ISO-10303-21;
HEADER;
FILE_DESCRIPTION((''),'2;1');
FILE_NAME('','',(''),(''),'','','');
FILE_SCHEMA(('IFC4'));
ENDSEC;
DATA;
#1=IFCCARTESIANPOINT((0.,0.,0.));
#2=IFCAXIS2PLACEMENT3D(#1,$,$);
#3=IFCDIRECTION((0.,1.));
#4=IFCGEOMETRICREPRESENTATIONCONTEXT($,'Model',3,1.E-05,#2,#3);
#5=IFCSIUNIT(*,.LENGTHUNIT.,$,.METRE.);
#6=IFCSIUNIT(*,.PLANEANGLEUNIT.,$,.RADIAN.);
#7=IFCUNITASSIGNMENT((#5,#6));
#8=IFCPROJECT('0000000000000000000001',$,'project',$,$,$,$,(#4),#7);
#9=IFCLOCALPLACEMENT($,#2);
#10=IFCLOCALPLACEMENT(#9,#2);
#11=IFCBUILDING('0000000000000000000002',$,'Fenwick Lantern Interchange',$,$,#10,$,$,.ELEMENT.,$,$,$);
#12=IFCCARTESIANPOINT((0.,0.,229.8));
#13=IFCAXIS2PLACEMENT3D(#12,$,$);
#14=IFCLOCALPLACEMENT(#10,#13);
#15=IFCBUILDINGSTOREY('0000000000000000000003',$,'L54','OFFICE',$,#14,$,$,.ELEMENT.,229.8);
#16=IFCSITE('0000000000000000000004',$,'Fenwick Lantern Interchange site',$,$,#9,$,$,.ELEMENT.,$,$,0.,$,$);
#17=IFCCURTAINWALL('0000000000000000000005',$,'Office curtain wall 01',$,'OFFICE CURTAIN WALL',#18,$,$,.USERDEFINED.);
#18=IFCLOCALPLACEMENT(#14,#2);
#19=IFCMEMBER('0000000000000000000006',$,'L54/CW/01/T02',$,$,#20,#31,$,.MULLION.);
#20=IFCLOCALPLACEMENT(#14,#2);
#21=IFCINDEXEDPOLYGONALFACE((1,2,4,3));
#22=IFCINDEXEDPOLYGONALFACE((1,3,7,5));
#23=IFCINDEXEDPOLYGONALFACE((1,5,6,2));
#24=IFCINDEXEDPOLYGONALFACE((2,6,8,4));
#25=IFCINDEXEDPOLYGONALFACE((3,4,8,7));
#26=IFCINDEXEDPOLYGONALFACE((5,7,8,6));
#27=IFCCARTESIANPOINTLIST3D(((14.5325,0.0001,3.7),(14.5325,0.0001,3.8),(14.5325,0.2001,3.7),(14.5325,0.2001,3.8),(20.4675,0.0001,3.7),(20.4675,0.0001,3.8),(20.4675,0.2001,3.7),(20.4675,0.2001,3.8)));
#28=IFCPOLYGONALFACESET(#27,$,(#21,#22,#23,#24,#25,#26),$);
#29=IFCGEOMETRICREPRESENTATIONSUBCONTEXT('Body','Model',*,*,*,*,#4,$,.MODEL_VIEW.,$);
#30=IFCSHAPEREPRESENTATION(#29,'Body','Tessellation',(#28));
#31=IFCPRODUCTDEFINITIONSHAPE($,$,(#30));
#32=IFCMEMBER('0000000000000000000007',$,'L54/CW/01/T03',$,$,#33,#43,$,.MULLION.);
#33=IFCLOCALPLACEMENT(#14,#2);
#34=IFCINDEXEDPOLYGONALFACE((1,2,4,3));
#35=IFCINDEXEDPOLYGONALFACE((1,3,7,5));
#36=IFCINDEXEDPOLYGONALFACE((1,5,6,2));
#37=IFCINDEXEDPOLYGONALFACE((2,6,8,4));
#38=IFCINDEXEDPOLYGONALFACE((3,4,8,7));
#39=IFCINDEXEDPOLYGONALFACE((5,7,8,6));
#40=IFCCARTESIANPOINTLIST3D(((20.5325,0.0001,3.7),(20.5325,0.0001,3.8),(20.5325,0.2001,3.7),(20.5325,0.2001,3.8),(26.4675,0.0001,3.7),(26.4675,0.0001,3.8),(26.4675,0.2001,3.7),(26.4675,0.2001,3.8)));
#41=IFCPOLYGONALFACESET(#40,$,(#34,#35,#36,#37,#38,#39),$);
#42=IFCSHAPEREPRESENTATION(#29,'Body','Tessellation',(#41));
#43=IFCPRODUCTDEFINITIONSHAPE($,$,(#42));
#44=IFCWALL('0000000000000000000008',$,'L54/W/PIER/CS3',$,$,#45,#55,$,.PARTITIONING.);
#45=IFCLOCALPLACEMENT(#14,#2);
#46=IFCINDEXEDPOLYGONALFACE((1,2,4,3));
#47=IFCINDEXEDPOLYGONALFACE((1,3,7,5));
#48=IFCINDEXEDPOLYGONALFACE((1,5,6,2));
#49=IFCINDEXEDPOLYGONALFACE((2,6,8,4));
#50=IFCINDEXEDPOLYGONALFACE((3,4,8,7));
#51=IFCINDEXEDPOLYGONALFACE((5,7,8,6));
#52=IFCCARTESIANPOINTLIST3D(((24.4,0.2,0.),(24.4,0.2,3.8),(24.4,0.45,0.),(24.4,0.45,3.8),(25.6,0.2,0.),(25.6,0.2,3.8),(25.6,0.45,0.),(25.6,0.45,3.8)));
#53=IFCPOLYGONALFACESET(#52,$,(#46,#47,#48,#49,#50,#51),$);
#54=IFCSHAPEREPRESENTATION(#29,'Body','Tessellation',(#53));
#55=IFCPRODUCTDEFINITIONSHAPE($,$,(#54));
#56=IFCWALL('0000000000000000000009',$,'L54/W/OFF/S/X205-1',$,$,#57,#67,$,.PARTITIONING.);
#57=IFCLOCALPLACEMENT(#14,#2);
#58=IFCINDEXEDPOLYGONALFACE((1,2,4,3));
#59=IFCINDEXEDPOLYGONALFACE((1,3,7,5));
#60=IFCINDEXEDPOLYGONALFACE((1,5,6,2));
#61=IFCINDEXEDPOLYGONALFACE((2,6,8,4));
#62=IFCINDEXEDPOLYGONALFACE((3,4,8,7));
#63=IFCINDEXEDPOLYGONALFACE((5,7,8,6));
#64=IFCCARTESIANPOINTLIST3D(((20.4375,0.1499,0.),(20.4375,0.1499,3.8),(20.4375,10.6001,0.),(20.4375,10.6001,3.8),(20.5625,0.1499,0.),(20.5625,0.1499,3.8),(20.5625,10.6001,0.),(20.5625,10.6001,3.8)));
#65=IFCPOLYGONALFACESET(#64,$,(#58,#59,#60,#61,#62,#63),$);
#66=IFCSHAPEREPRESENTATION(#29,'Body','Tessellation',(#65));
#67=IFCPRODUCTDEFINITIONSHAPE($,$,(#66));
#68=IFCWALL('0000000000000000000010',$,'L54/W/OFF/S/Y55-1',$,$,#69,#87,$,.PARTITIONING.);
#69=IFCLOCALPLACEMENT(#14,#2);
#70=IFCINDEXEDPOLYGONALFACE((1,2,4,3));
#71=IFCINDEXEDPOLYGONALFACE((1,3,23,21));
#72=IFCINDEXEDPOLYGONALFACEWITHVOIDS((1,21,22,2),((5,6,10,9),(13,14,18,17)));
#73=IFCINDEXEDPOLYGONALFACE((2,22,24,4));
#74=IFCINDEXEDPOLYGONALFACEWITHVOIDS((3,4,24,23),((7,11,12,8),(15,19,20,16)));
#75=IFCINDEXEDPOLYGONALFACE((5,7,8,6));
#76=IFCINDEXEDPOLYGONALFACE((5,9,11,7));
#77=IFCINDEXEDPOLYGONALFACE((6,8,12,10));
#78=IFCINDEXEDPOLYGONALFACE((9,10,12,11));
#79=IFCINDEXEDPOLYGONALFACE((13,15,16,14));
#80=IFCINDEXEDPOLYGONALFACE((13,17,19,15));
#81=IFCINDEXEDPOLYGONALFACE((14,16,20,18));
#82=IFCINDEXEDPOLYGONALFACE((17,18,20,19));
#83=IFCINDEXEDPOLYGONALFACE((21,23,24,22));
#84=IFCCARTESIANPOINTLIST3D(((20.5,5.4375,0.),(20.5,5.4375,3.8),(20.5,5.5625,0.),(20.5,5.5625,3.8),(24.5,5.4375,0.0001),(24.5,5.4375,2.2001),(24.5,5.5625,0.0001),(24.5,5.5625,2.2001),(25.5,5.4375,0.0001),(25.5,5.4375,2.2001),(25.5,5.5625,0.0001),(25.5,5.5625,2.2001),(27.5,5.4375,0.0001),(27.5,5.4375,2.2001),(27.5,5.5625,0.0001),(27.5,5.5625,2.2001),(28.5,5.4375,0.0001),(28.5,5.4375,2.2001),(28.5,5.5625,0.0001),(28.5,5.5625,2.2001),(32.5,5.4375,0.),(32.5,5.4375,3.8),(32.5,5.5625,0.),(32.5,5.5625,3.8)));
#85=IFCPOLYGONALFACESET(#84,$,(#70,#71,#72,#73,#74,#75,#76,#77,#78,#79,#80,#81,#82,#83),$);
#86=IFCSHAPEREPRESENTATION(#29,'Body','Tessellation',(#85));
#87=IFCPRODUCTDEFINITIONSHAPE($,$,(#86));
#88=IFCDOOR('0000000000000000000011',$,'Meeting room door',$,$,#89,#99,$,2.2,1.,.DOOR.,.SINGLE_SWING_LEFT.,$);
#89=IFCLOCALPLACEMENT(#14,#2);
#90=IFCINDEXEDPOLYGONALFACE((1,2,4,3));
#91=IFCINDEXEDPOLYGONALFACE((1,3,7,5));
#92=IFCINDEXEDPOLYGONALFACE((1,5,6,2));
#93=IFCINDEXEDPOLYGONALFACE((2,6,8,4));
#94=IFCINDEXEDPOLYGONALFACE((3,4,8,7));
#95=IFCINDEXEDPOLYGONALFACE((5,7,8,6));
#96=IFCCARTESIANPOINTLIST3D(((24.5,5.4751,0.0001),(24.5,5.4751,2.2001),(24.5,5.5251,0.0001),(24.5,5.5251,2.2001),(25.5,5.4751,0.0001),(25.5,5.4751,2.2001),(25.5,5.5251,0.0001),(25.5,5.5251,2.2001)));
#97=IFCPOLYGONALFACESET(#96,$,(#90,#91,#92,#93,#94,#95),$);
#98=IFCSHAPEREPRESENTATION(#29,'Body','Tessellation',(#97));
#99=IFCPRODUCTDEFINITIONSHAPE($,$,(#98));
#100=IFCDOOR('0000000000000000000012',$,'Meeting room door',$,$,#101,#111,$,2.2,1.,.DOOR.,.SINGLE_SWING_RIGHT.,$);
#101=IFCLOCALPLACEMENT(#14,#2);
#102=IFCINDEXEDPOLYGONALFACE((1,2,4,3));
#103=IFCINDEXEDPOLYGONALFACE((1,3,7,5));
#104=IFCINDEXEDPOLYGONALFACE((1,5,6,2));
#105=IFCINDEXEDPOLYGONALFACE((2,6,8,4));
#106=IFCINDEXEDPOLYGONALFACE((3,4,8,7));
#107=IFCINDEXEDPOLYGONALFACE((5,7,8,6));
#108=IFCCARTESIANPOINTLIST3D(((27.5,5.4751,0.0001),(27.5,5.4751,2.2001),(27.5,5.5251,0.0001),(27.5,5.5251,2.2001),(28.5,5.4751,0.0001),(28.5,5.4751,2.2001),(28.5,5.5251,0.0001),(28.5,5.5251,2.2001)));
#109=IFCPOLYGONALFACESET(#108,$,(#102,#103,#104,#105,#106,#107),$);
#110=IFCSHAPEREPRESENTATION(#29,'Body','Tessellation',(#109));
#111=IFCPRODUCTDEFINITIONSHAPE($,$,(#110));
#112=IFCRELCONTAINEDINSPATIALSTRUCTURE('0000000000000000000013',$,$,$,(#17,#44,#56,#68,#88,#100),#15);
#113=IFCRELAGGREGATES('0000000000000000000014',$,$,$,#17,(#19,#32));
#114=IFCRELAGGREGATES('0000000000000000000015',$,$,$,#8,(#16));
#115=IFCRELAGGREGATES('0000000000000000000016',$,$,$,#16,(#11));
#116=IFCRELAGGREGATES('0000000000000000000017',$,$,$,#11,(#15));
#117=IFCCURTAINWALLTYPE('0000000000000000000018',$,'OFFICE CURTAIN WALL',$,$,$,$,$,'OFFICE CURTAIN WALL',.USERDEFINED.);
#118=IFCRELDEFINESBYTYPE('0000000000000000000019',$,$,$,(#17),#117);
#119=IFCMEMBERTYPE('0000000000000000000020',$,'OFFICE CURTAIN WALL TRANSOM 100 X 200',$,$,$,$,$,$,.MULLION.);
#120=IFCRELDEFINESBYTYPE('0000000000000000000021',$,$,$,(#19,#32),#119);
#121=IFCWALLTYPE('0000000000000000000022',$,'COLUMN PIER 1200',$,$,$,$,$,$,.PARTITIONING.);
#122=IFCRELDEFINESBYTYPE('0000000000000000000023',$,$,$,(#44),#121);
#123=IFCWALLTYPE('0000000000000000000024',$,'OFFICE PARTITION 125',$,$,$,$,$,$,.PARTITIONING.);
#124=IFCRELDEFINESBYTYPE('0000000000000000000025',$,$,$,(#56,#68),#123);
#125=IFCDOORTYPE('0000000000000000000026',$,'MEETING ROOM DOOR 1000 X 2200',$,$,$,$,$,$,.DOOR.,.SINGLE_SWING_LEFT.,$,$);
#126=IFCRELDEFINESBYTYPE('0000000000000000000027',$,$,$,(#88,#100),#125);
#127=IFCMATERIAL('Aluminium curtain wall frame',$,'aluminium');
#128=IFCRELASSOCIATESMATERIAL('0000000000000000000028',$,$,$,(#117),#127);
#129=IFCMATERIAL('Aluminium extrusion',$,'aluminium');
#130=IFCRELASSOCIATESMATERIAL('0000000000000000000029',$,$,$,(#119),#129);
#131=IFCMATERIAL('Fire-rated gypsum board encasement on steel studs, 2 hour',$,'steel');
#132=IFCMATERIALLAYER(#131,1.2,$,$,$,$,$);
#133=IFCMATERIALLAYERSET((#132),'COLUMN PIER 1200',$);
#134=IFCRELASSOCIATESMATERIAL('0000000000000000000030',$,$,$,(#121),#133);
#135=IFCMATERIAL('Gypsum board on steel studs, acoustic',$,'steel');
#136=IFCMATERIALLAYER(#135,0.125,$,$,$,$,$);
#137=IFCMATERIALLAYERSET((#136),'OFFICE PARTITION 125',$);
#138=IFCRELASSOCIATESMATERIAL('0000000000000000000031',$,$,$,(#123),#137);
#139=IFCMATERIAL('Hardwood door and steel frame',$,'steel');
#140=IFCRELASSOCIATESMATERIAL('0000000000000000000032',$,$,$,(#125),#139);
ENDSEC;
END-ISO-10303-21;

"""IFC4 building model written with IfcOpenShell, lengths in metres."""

from ifc_helpers import new_model, si_unit, direction, frame, frame_2d, origin, origin_2d, place, context, subcontext, project, spatial, rectangle, extrude, material, layer, layer_set, material_profile, profile_set, type_object, element, fill, aggregate, save


model = new_model("IFC4")

# Units and contexts
model_context = context("Model", 3, precision=1e-05, world=origin(), true_north=direction((0.0, 1.0)))
body_context = subcontext(model_context, "Body", "Model", "MODEL_VIEW")
ifc_project = project(units=[si_unit("LENGTHUNIT", "METRE"), si_unit("PLANEANGLEUNIT", "RADIAN")], contexts=[model_context])

# Site, building, storey
site_placement = place(None, origin())
site = spatial("IfcSite", under=ifc_project, at=site_placement, Name="Fenwick Lantern Interchange site", CompositionType="ELEMENT", RefElevation=0.0)
building_placement = place(site_placement, origin())
building = spatial("IfcBuilding", under=site, at=building_placement, Name="Fenwick Lantern Interchange", CompositionType="ELEMENT")
storey_placement = place(building_placement, frame((0.0, 0.0, 229.8)))
storey = spatial("IfcBuildingStorey", under=building, at=storey_placement, Name="L54", Description="OFFICE", CompositionType="ELEMENT", Elevation=229.8)

# Curtain wall, members
ifc_material_1 = material(Name="Aluminium curtain wall frame", Category="aluminium")
curtain_wall_type = type_object("IfcCurtainWallType", Name="OFFICE CURTAIN WALL", ElementType="OFFICE CURTAIN WALL", PredefinedType="USERDEFINED", material=ifc_material_1)
curtain_wall_placement = place(storey_placement, origin())
curtain_wall = element("IfcCurtainWall", 1, at=curtain_wall_placement, inside=storey, type_object=curtain_wall_type, Name="Office curtain wall 01", ObjectType="OFFICE CURTAIN WALL", PredefinedType="USERDEFINED")
ifc_material_2 = material(Name="Aluminium extrusion", Category="aluminium")
ifc_material_profile_1 = material_profile(ifc_material_2, rectangle(XDim=0.2, YDim=0.1001, at=origin_2d()), Name="OFFICE CURTAIN WALL TRANSOM 100 X 200")
ifc_profile_set_1 = profile_set([ifc_material_profile_1], Name="Aluminium extrusion")
member_type_1 = type_object("IfcMemberType", Name="OFFICE CURTAIN WALL TRANSOM 100 X 200", PredefinedType="MULLION", material=ifc_profile_set_1)
member_1_placement = place(storey_placement, frame((14.5325, 0.1001, 3.75), z_axis=(1.0, 0.0, 0.0), x_axis=(0.0, 1.0, 0.0)))
member_1 = element("IfcMember", 2, at=member_1_placement, type_object=member_type_1, Name="L54/CW/01/T02", PredefinedType="MULLION", context=body_context, shape_type="SweptSolid", body=[
    extrude(rectangle(XDim=0.2, YDim=0.1001, at=origin_2d()), origin(), (0.0, 0.0, 1.0), 5.9351),
])
member_2_placement = place(storey_placement, frame((20.5325, 0.1001, 3.75), z_axis=(1.0, 0.0, 0.0), x_axis=(0.0, 1.0, 0.0)))
member_2 = element("IfcMember", 3, at=member_2_placement, type_object=member_type_1, Name="L54/CW/01/T03", PredefinedType="MULLION", context=body_context, shape_type="SweptSolid", body=[
    extrude(rectangle(XDim=0.2, YDim=0.1001, at=origin_2d()), origin(), (0.0, 0.0, 1.0), 5.9351),
])
aggregate(curtain_wall, [member_1, member_2])

# Walls
ifc_material_3 = material(Name="Fire-rated gypsum board encasement on steel studs, 2 hour", Category="steel")
ifc_layer_1 = layer(ifc_material_3, 1.2)
ifc_layer_set_1 = layer_set([ifc_layer_1], Name="COLUMN PIER 1200")
wall_type_1 = type_object("IfcWallType", Name="COLUMN PIER 1200", PredefinedType="PARTITIONING", material=ifc_layer_set_1)
wall_1_placement = place(storey_placement, frame((25.0, 0.2, 0.0), z_axis=(0.0, 0.0, 1.0), x_axis=(0.0, 1.0, 0.0)))
element("IfcWall", 4, at=wall_1_placement, inside=storey, type_object=wall_type_1, Name="L54/W/PIER/CS3", PredefinedType="PARTITIONING", context=body_context, shape_type="SweptSolid", body=[
    extrude(rectangle(XDim=0.25, YDim=1.2, at=frame_2d((0.125, 0.0))), origin(), (0.0, 0.0, 1.0), 3.8),
])
ifc_material_4 = material(Name="Gypsum board on steel studs, acoustic", Category="steel")
ifc_layer_2 = layer(ifc_material_4, 0.125)
ifc_layer_set_2 = layer_set([ifc_layer_2], Name="OFFICE PARTITION 125")
wall_type_2 = type_object("IfcWallType", Name="OFFICE PARTITION 125", PredefinedType="PARTITIONING", material=ifc_layer_set_2)
wall_2_placement = place(storey_placement, frame((20.5, 0.1499, 0.0), z_axis=(0.0, 0.0, 1.0), x_axis=(0.0, 1.0, 0.0)))
element("IfcWall", 5, at=wall_2_placement, inside=storey, type_object=wall_type_2, Name="L54/W/OFF/S/X205-1", PredefinedType="PARTITIONING", context=body_context, shape_type="SweptSolid", body=[
    extrude(rectangle(XDim=10.4502, YDim=0.125, at=frame_2d((5.2251, 0.0))), origin(), (0.0, 0.0, 1.0), 3.8),
])

# Wall, openings, doors
wall_3_placement = place(storey_placement, frame((20.5, 5.5, 0.0), z_axis=(0.0, 0.0, 1.0), x_axis=(1.0, 0.0, 0.0)))
wall_3 = element("IfcWall", 6, at=wall_3_placement, inside=storey, type_object=wall_type_2, Name="L54/W/OFF/S/Y55-1", PredefinedType="PARTITIONING", context=body_context, shape_type="SweptSolid", body=[
    extrude(rectangle(XDim=12.0, YDim=0.125, at=frame_2d((6.0, 0.0))), origin(), (0.0, 0.0, 1.0), 3.8),
])
opening_1_placement = place(wall_3_placement, frame((4.0, 0.0, 0.0)))
opening_1 = element("IfcOpeningElement", 7, at=opening_1_placement, cuts=wall_3, PredefinedType="OPENING", context=body_context, shape_type="SweptSolid", body=[
    extrude(rectangle(XDim=1.0, YDim=2.2, at=frame_2d((0.5, 1.1001))), frame((0.0, 0.0725, 0.0), z_axis=(0.0, -1.0, 0.0), x_axis=(1.0, 0.0, 0.0)), (0.0, 0.0, 1.0), 0.145),
])
opening_2_placement = place(wall_3_placement, frame((7.0, 0.0, 0.0)))
opening_2 = element("IfcOpeningElement", 8, at=opening_2_placement, cuts=wall_3, PredefinedType="OPENING", context=body_context, shape_type="SweptSolid", body=[
    extrude(rectangle(XDim=1.0, YDim=2.2, at=frame_2d((0.5, 1.1001))), frame((0.0, 0.0725, 0.0), z_axis=(0.0, -1.0, 0.0), x_axis=(1.0, 0.0, 0.0)), (0.0, 0.0, 1.0), 0.145),
])
ifc_material_5 = material(Name="Hardwood door and steel frame", Category="steel")
door_type = type_object("IfcDoorType", Name="MEETING ROOM DOOR 1000 X 2200", OperationType="SINGLE_SWING_LEFT", PredefinedType="DOOR", material=ifc_material_5)
door_1_placement = place(opening_1_placement, frame((1.0, 0.0, 0.0), z_axis=(0.0, 0.0, 1.0), x_axis=(-1.0, 0.0, 0.0)))
door_1 = element("IfcDoor", 9, at=door_1_placement, inside=storey, type_object=door_type, Name="Meeting room door", OperationType="SINGLE_SWING_LEFT", OverallHeight=2.2, OverallWidth=1.0, PredefinedType="DOOR", context=body_context, shape_type="SweptSolid", body=[
    extrude(rectangle(XDim=1.0, YDim=2.2, at=frame_2d((0.5, 1.1001))), frame((0.0, 0.0249, 0.0), z_axis=(0.0, -1.0, 0.0), x_axis=(1.0, 0.0, 0.0)), (0.0, 0.0, 1.0), 0.05),
])
fill(opening_1, door_1)
door_2_placement = place(opening_2_placement, frame((1.0, 0.0, 0.0), z_axis=(0.0, 0.0, 1.0), x_axis=(-1.0, 0.0, 0.0)))
door_2 = element("IfcDoor", 10, at=door_2_placement, inside=storey, type_object=door_type, Name="Meeting room door", OperationType="SINGLE_SWING_RIGHT", OverallHeight=2.2, OverallWidth=1.0, PredefinedType="DOOR", context=body_context, shape_type="SweptSolid", body=[
    extrude(rectangle(XDim=1.0, YDim=2.2, at=frame_2d((0.5, 1.1001))), frame((0.0, 0.0249, 0.0), z_axis=(0.0, -1.0, 0.0), x_axis=(1.0, 0.0, 0.0)), (0.0, 0.0, 1.0), 0.05),
])
fill(opening_2, door_2)

save(model, "model.ifc")
